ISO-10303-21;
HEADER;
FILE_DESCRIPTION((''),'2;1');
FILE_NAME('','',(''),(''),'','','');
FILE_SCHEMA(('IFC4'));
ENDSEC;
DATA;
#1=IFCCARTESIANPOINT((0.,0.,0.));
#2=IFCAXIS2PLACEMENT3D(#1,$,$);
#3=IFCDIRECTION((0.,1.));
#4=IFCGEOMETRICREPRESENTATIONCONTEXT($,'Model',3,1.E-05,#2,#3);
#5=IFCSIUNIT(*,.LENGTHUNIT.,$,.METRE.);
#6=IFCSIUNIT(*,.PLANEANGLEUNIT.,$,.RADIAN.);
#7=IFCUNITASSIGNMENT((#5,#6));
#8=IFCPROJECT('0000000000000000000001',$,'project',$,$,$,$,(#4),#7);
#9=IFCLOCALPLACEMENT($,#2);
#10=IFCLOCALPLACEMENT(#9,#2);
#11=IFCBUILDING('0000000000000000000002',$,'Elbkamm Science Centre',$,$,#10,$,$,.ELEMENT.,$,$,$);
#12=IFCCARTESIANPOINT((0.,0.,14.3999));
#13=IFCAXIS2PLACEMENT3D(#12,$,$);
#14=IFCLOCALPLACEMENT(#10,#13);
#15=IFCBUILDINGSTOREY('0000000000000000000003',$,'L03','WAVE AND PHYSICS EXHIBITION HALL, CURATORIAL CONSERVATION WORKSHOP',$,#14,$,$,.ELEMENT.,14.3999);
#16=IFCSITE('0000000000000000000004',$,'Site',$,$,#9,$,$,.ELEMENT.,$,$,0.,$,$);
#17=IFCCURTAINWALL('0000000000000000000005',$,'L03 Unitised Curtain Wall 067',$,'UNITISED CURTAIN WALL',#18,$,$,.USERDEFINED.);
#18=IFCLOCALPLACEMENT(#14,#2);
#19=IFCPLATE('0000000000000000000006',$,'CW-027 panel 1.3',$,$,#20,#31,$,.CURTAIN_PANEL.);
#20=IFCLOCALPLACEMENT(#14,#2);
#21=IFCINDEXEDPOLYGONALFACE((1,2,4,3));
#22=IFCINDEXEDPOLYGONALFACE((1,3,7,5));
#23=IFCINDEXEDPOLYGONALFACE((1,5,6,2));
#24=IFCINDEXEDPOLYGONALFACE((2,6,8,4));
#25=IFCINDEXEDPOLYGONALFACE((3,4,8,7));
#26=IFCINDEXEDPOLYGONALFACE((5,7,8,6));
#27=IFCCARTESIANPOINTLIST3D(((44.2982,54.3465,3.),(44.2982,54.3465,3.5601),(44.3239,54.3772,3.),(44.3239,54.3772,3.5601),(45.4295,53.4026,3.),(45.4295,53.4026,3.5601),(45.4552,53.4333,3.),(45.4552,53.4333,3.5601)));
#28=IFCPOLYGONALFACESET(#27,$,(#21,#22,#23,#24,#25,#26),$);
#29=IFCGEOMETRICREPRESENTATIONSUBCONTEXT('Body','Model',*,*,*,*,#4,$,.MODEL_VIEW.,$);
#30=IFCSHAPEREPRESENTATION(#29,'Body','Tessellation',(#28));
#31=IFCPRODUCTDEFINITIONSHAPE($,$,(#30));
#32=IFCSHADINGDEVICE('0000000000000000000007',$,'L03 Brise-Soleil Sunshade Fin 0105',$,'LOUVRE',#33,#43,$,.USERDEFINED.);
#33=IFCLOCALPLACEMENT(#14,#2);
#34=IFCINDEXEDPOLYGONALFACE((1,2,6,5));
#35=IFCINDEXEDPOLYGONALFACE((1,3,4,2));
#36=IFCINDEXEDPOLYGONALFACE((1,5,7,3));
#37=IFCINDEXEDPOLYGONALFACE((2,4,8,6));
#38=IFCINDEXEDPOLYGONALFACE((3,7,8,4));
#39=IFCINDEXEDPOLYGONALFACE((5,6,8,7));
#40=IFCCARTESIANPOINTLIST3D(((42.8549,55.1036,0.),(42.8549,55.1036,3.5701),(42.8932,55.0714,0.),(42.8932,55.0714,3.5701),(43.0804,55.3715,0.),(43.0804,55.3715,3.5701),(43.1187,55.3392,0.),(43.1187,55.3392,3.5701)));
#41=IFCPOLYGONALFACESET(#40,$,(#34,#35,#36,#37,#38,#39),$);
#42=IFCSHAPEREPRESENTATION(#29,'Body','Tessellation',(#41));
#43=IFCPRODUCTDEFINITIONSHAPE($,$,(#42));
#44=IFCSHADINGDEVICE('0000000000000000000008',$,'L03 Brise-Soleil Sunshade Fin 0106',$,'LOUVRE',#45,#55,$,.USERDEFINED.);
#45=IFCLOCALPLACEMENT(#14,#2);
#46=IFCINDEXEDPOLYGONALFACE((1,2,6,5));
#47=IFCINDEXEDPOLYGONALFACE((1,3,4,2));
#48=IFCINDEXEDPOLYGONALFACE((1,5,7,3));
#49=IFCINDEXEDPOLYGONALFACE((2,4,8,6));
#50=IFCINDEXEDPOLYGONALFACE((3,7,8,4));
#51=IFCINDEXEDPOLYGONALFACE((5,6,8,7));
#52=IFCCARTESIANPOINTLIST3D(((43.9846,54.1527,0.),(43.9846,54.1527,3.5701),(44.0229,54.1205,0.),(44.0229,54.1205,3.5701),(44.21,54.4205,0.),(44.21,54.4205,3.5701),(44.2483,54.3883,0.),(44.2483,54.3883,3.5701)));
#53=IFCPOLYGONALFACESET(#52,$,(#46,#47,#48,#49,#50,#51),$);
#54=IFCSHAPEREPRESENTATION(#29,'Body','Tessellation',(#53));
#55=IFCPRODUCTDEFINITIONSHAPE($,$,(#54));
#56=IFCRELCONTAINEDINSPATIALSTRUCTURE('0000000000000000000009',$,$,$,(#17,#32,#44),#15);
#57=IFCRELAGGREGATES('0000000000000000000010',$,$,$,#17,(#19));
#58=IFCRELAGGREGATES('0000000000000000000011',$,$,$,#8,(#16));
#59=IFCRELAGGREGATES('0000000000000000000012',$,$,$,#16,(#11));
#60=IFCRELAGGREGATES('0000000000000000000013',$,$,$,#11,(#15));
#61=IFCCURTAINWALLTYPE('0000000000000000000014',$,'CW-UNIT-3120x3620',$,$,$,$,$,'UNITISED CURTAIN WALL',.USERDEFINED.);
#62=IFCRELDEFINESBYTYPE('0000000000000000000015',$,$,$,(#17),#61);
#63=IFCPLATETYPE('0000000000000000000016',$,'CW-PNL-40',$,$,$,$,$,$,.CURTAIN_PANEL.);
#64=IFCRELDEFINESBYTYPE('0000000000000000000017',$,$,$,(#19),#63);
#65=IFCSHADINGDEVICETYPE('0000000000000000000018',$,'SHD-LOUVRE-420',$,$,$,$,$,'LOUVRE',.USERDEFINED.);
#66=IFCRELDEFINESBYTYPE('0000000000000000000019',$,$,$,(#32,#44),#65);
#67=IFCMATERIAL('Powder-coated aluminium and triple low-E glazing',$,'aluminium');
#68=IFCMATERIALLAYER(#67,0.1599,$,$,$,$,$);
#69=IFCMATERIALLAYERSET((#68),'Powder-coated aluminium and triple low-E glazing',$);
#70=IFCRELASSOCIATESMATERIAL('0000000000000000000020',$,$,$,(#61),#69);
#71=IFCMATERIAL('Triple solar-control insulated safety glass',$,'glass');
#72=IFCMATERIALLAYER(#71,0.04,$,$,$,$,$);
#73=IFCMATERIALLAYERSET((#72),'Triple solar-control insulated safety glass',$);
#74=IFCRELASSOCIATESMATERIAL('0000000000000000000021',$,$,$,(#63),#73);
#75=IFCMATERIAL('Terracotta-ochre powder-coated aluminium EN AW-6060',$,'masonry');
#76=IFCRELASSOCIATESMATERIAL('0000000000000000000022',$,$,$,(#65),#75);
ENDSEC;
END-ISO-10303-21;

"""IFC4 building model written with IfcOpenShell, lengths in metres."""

from ifc_helpers import new_model, si_unit, direction, frame, origin, origin_2d, place, context, subcontext, project, spatial, rectangle, extrude, material, layer, layer_set, type_object, element, aggregate, save


model = new_model("IFC4")

# Units and contexts
model_context = context("Model", 3, precision=1e-05, world=origin(), true_north=direction((0.0, 1.0)))
body_context = subcontext(model_context, "Body", "Model", "MODEL_VIEW")
ifc_project = project(units=[si_unit("LENGTHUNIT", "METRE"), si_unit("PLANEANGLEUNIT", "RADIAN")], contexts=[model_context])

# Site, building, storey
site_placement = place(None, origin())
site = spatial("IfcSite", under=ifc_project, at=site_placement, Name="Site", CompositionType="ELEMENT", RefElevation=0.0)
building_placement = place(site_placement, origin())
building = spatial("IfcBuilding", under=site, at=building_placement, Name="Elbkamm Science Centre", CompositionType="ELEMENT")
storey_placement = place(building_placement, frame((0.0, 0.0, 14.3999)))
storey = spatial("IfcBuildingStorey", under=building, at=storey_placement, Name="L03", Description="WAVE AND PHYSICS EXHIBITION HALL, CURATORIAL CONSERVATION WORKSHOP", CompositionType="ELEMENT", Elevation=14.3999)

# Curtain wall
ifc_material_1 = material(Name="Powder-coated aluminium and triple low-E glazing", Category="aluminium")
ifc_layer_1 = layer(ifc_material_1, 0.1599)
ifc_layer_set_1 = layer_set([ifc_layer_1], Name="Powder-coated aluminium and triple low-E glazing")
curtain_wall_type_1 = type_object("IfcCurtainWallType", Name="CW-UNIT-3120x3620", ElementType="UNITISED CURTAIN WALL", PredefinedType="USERDEFINED", material=ifc_layer_set_1)
curtain_wall_1_placement = place(storey_placement, origin())
curtain_wall_1 = element("IfcCurtainWall", 1, at=curtain_wall_1_placement, inside=storey, type_object=curtain_wall_type_1, Name="L03 Unitised Curtain Wall 067", ObjectType="UNITISED CURTAIN WALL", PredefinedType="USERDEFINED")

# Plate
ifc_material_2 = material(Name="Triple solar-control insulated safety glass", Category="glass")
ifc_layer_2 = layer(ifc_material_2, 0.04)
ifc_layer_set_2 = layer_set([ifc_layer_2], Name="Triple solar-control insulated safety glass")
plate_type = type_object("IfcPlateType", Name="CW-PNL-40", PredefinedType="CURTAIN_PANEL", material=ifc_layer_set_2)
plate_1_placement = place(storey_placement, frame((44.8767, 53.8899, 3.0), z_axis=(0.0, 0.0, 1.0), x_axis=(0.767836, -0.640647, 0.0)))
plate_1 = element("IfcPlate", 2, at=plate_1_placement, type_object=plate_type, Name="CW-027 panel 1.3", PredefinedType="CURTAIN_PANEL", context=body_context, shape_type="SweptSolid", body=[
    extrude(rectangle(XDim=1.4734, YDim=0.04, at=origin_2d()), origin(), (0.0, 0.0, 1.0), 0.5601),
])
aggregate(curtain_wall_1, [plate_1])

# Shading devices
ifc_material_3 = material(Name="Terracotta-ochre powder-coated aluminium EN AW-6060", Category="masonry")
shading_device_type = type_object("IfcShadingDeviceType", Name="SHD-LOUVRE-420", ElementType="LOUVRE", PredefinedType="USERDEFINED", material=ifc_material_3)
for number, where, z_axis, x_axis, name in (
    (3, (42.9868, 55.2214, 0.0), (0.0, 0.0, 1.0), (-0.643957, -0.765062, 0.0), "L03 Brise-Soleil Sunshade Fin 0105"),
    (4, (44.1165, 54.2705, 0.0), (0.0, 0.0, 1.0), (-0.643957, -0.765062, 0.0), "L03 Brise-Soleil Sunshade Fin 0106"),
):
    element("IfcShadingDevice", number, at=place(storey_placement, frame(where, z_axis=z_axis, x_axis=x_axis)), inside=storey, type_object=shading_device_type, Name=name, ObjectType="LOUVRE", PredefinedType="USERDEFINED", context=body_context, shape_type="SweptSolid", body=[
        extrude(rectangle(XDim=0.3501, YDim=0.05, at=origin_2d()), origin(), (0.0, 0.0, 1.0), 3.5701),
    ])

save(model, "model.ifc")
